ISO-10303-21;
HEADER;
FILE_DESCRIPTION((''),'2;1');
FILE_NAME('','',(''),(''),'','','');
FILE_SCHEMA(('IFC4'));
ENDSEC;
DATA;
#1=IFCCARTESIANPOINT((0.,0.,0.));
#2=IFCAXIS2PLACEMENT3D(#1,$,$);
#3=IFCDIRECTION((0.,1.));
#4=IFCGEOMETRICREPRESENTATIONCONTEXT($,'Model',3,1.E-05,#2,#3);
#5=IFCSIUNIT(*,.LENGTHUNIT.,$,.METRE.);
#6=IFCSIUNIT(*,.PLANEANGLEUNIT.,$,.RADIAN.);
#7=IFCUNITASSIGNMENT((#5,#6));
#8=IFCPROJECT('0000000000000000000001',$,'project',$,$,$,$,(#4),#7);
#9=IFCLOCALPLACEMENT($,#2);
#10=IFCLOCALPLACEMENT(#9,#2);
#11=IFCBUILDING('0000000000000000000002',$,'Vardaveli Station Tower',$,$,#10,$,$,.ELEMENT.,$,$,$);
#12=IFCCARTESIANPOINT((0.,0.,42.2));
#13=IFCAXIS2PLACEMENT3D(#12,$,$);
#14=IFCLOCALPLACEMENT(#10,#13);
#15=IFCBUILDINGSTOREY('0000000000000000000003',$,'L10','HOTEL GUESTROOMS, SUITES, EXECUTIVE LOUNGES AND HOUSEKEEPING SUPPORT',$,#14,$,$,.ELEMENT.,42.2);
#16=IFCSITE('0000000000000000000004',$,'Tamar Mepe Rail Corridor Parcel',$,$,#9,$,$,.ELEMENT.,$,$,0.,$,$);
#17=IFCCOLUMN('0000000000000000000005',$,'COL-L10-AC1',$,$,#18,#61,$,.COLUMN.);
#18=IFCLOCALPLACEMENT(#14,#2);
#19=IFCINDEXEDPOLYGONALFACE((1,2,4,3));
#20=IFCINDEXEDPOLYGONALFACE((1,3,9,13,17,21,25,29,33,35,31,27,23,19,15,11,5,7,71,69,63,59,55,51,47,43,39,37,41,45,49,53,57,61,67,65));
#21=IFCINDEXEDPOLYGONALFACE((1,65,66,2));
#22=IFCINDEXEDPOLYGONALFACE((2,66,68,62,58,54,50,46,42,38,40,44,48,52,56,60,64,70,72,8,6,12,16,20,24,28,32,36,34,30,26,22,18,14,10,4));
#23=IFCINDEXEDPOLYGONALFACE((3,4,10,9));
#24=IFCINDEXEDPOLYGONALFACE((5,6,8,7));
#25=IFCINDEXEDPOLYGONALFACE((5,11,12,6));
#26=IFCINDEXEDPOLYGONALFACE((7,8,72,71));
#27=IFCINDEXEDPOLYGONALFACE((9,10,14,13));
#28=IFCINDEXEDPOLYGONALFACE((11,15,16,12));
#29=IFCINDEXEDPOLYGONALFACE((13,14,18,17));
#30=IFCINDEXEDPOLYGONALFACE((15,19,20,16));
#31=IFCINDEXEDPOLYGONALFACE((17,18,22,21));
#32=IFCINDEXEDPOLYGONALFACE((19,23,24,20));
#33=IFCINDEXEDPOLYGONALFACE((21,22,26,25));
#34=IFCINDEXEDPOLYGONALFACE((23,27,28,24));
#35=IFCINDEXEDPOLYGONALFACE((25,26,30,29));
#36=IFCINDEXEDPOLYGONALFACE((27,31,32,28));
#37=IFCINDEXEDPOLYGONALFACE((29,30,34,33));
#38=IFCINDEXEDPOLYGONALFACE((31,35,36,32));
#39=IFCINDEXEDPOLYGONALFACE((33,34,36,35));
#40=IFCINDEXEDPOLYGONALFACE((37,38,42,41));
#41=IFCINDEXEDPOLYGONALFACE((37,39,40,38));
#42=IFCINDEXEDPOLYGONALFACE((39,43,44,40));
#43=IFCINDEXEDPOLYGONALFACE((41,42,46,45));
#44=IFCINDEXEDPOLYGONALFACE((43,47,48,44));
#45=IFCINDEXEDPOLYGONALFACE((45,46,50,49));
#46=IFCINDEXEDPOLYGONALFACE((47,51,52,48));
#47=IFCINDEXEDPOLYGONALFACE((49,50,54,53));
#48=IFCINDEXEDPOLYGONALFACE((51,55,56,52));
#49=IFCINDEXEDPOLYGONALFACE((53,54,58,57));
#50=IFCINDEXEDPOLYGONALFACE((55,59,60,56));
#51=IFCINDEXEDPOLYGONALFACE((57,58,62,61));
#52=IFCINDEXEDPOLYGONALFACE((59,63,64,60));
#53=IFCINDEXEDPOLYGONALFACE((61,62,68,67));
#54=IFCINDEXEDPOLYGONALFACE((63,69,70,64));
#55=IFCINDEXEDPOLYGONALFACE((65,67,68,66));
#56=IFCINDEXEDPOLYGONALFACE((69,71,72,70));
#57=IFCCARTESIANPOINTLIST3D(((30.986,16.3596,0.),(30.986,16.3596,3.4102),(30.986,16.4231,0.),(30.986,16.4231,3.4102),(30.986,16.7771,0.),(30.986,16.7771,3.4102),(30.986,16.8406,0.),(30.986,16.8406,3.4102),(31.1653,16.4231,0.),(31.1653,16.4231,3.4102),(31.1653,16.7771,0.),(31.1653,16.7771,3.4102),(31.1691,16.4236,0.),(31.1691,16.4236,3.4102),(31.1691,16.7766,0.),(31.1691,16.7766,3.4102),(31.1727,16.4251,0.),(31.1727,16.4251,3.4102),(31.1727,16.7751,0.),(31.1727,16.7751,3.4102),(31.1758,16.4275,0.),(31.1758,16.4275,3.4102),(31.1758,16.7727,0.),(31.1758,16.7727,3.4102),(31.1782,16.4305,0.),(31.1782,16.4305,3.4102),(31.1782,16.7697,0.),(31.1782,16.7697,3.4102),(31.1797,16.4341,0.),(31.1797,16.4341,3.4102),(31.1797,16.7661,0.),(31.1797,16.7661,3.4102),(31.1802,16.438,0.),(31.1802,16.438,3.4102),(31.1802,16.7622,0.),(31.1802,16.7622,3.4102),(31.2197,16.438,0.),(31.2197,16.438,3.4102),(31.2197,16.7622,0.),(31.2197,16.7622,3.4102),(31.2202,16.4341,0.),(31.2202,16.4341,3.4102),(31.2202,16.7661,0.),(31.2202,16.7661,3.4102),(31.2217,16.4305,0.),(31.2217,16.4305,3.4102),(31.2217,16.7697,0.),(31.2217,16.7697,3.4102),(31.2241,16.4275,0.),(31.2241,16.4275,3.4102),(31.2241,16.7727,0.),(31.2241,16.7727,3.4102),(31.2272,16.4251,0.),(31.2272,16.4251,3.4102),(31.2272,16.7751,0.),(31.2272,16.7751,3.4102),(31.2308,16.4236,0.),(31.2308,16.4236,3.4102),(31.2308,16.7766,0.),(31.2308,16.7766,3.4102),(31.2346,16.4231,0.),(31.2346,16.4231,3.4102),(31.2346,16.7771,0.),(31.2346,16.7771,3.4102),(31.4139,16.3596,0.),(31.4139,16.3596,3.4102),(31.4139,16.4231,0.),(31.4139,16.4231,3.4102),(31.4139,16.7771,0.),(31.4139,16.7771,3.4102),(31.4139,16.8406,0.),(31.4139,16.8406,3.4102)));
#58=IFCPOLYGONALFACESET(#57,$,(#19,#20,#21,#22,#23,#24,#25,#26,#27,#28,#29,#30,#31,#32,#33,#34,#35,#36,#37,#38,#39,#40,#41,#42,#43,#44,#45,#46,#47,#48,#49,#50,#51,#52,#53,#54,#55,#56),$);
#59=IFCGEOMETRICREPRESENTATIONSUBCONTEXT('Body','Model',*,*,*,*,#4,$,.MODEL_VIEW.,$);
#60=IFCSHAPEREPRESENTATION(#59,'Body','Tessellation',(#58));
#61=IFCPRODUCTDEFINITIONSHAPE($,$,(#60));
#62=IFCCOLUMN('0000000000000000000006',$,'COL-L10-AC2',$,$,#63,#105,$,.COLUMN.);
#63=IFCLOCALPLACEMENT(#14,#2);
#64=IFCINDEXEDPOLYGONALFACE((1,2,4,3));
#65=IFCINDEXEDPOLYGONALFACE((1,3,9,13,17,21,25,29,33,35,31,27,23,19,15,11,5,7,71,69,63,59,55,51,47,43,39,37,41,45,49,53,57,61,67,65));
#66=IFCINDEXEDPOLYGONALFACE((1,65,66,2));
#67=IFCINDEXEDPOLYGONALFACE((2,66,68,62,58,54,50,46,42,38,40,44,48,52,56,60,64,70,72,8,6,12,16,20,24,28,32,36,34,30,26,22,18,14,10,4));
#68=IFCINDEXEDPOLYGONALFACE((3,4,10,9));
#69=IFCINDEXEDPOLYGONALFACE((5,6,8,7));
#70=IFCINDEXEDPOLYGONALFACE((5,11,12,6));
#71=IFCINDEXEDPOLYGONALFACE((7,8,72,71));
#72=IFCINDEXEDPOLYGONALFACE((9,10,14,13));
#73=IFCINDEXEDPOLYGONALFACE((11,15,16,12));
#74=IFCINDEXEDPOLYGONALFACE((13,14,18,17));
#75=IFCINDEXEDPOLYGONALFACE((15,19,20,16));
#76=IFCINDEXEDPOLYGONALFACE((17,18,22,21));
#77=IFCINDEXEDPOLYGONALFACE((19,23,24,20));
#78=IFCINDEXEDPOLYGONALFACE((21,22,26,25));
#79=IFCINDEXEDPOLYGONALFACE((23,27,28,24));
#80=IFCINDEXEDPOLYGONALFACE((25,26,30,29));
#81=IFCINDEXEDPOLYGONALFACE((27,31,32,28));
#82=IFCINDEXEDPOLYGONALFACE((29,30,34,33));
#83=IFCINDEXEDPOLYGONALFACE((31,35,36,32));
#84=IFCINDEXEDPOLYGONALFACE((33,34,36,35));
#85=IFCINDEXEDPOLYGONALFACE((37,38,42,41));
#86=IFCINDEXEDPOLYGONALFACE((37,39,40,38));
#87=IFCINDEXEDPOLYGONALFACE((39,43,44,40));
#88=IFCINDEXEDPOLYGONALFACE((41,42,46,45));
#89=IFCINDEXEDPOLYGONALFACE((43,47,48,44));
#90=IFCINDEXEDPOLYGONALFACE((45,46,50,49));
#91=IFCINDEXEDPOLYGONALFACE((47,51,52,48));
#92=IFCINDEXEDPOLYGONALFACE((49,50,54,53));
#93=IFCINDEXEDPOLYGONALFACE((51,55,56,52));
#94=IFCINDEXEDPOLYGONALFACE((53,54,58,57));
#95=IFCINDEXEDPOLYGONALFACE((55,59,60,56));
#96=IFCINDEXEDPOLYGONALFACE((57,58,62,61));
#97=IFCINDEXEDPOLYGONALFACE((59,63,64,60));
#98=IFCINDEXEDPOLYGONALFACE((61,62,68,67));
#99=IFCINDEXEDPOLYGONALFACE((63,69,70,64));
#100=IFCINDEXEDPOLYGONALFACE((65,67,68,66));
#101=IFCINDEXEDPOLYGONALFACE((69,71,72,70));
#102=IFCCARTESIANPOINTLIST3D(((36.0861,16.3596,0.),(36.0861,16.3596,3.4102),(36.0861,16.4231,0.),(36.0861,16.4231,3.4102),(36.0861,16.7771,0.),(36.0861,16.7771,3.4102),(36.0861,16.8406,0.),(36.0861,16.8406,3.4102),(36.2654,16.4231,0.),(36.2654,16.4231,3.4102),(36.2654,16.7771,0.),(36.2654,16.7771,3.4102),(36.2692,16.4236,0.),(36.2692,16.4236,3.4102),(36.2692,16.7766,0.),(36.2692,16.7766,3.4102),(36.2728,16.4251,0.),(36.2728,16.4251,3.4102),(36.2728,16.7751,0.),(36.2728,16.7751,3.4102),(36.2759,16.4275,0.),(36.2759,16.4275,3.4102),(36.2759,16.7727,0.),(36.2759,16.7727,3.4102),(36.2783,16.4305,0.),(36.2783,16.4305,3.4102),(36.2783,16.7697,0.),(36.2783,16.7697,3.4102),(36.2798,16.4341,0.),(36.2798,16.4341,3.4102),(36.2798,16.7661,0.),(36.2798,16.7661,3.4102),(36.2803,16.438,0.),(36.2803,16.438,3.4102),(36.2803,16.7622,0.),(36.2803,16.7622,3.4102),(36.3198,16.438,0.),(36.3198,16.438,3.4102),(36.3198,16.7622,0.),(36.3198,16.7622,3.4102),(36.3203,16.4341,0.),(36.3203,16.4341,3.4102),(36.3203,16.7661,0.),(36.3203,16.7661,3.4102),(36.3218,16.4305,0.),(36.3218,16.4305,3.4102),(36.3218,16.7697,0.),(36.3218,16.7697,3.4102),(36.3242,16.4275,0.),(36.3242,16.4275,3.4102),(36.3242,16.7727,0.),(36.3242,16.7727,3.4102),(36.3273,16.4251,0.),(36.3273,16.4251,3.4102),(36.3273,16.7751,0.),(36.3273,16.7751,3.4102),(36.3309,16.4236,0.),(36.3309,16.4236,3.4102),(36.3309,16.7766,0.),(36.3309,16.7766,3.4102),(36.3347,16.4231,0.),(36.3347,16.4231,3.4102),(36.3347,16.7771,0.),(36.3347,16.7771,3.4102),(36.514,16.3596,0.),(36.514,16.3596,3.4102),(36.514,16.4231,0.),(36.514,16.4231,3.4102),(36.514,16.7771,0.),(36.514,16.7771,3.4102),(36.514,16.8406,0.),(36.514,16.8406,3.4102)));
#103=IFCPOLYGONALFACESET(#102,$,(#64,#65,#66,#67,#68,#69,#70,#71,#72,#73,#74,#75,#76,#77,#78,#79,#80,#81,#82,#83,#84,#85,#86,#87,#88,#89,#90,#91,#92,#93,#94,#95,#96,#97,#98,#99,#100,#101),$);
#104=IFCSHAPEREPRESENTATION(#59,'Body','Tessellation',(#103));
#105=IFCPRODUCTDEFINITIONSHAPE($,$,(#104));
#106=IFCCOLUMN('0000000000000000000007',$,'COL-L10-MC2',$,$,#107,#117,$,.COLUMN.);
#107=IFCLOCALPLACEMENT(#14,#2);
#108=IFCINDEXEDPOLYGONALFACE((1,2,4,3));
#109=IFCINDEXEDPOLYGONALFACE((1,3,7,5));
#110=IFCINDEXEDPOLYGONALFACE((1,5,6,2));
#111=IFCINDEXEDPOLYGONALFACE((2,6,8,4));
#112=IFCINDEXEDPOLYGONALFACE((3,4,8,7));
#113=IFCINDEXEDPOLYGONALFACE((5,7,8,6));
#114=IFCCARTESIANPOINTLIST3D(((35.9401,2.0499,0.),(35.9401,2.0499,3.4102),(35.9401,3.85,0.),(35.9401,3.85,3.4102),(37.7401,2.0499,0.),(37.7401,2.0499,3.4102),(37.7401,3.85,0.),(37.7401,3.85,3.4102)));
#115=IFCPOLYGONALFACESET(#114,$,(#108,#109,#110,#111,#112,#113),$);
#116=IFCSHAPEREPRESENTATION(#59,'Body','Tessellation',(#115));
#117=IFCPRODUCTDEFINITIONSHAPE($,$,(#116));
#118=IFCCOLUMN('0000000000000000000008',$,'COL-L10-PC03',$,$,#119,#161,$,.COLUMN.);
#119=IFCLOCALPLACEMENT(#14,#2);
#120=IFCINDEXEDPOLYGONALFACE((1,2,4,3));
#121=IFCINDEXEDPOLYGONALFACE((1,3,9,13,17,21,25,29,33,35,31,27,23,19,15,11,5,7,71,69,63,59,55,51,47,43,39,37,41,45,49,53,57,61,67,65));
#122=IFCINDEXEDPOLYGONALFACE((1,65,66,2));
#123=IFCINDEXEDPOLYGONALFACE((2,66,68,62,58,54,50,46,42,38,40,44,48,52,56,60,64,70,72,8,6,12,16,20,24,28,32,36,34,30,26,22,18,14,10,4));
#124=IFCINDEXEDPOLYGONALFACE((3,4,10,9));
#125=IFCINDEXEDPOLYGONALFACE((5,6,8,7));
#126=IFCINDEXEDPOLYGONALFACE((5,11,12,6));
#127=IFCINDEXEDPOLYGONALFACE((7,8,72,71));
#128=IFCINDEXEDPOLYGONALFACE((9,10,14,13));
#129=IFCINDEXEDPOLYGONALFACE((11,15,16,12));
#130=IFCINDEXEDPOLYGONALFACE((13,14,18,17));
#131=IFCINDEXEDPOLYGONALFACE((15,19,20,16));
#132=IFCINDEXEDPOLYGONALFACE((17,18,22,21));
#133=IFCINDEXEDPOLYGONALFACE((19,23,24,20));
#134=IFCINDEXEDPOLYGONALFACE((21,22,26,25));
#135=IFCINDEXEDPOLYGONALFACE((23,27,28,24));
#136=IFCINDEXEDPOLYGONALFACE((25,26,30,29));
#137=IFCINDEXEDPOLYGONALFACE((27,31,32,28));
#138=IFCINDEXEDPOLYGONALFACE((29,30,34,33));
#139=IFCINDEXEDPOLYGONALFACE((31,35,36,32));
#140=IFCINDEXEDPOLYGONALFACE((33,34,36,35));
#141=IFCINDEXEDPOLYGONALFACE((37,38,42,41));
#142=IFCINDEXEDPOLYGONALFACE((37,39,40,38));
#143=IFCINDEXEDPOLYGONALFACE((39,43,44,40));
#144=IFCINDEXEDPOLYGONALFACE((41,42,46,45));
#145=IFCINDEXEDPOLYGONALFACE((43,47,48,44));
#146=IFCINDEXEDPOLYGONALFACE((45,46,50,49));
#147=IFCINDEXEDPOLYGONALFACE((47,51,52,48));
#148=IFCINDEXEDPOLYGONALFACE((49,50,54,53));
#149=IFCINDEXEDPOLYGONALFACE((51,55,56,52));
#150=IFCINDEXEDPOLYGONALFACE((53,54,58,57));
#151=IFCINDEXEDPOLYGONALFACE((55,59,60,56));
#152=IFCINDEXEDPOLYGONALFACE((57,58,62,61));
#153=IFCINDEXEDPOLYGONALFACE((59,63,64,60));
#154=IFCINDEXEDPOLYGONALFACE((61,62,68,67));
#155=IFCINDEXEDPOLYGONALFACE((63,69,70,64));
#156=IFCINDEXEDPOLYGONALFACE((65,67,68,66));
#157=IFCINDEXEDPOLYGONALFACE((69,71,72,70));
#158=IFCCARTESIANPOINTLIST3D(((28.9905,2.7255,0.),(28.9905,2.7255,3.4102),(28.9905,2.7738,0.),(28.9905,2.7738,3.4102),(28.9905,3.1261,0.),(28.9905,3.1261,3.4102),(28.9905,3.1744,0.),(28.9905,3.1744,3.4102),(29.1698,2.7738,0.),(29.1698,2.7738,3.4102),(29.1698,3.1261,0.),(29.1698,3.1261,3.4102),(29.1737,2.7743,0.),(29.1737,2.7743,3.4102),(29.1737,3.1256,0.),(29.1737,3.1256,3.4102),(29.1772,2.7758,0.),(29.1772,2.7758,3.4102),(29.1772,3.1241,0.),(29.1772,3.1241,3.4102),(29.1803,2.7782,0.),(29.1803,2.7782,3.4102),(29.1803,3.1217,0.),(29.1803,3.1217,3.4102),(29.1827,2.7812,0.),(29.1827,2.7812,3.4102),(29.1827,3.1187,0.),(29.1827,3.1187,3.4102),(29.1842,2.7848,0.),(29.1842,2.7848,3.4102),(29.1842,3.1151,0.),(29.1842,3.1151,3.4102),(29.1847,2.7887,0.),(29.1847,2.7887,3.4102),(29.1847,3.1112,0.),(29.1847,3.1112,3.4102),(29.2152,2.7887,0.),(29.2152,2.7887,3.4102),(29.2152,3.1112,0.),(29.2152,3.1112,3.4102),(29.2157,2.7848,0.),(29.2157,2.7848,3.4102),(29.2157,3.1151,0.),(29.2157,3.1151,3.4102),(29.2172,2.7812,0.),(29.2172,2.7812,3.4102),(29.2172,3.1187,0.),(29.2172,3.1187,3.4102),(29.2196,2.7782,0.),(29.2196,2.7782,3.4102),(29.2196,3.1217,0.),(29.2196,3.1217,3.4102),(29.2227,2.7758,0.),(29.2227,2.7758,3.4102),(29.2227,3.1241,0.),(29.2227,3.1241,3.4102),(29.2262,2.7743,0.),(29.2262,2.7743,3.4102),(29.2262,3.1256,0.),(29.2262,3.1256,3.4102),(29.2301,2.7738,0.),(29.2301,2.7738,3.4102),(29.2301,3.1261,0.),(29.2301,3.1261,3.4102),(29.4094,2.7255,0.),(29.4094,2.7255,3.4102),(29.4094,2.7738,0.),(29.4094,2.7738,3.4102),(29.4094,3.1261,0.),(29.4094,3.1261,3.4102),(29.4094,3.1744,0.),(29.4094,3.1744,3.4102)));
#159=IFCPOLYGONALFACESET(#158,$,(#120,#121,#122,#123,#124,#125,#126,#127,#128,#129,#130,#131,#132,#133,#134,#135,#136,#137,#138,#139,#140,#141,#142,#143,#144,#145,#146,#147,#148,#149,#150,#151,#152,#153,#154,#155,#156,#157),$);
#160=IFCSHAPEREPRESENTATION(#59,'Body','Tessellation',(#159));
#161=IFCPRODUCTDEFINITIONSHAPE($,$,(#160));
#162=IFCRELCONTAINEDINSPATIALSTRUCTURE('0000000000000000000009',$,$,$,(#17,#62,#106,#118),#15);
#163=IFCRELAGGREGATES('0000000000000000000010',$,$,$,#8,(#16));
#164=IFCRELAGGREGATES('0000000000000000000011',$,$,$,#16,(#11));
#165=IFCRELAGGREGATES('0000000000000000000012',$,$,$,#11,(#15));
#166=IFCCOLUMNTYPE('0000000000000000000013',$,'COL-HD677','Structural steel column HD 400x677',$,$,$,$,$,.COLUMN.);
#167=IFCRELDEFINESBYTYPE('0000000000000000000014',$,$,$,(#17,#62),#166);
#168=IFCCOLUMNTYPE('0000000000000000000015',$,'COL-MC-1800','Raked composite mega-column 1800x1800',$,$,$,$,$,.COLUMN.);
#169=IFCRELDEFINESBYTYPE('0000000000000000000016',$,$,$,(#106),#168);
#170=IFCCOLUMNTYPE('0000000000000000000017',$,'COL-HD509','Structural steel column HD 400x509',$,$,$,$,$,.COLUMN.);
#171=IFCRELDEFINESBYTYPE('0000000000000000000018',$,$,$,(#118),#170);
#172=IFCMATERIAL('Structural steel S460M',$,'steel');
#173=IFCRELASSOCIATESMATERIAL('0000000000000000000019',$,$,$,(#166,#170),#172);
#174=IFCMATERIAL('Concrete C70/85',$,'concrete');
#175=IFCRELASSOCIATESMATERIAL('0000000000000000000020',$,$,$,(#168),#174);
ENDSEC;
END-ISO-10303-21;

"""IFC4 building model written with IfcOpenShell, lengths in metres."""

from ifc_helpers import new_model, si_unit, direction, frame, origin, origin_2d, place, context, subcontext, project, spatial, rectangle, i_section, extrude, source, transform, mapped, material, material_profile, profile_set, type_object, element, save


model = new_model("IFC4")

# Units and contexts
model_context = context("Model", 3, precision=1e-05, world=origin(), true_north=direction((0.0, 1.0)))
body_context = subcontext(model_context, "Body", "Model", "MODEL_VIEW")
ifc_project = project(units=[si_unit("LENGTHUNIT", "METRE"), si_unit("PLANEANGLEUNIT", "RADIAN")], contexts=[model_context])

# Site, building, storey
site_placement = place(None, origin())
site = spatial("IfcSite", under=ifc_project, at=site_placement, Name="Tamar Mepe Rail Corridor Parcel", CompositionType="ELEMENT", RefElevation=0.0)
building_placement = place(site_placement, origin())
building = spatial("IfcBuilding", under=site, at=building_placement, Name="Vardaveli Station Tower", CompositionType="ELEMENT")
storey_placement = place(building_placement, frame((0.0, 0.0, 42.2)))
storey = spatial("IfcBuildingStorey", under=building, at=storey_placement, Name="L10", Description="HOTEL GUESTROOMS, SUITES, EXECUTIVE LOUNGES AND HOUSEKEEPING SUPPORT", CompositionType="ELEMENT", Elevation=42.2)

# Columns
ifc_material_1 = material(Name="Structural steel S460M", Category="steel")
ifc_material_profile_1 = material_profile(ifc_material_1, i_section(OverallWidth=0.428, OverallDepth=0.481, WebThickness=0.0396, FlangeThickness=0.0635, FilletRadius=0.0149, at=origin_2d()), Name="HD 400x677")
ifc_profile_set_1 = profile_set([ifc_material_profile_1], Name="Structural steel S460M")
column_type_1 = type_object("IfcColumnType", Name="COL-HD677", Description="Structural steel column HD 400x677", PredefinedType="COLUMN", material=ifc_profile_set_1)
shared_shape_1 = source(origin(), body_context, "Body", "SweptSolid", [
    extrude(i_section(OverallWidth=0.428, OverallDepth=0.481, WebThickness=0.0396, FlangeThickness=0.0635, FilletRadius=0.0149, at=origin_2d()), origin(), (0.0, 0.0, 1.0), 3.4102),
])
for number, where, z_axis, x_axis, name in (
    (1, (31.2, 16.6001, 0.0), (0.0, 0.0, 1.0), (1.0, 0.0, 0.0), "COL-L10-AC1"),
    (2, (36.3, 16.6001, 0.0), (0.0, 0.0, 1.0), (1.0, 0.0, 0.0), "COL-L10-AC2"),
):
    element("IfcColumn", number, at=place(storey_placement, frame(where, z_axis=z_axis, x_axis=x_axis)), inside=storey, type_object=column_type_1, Name=name, PredefinedType="COLUMN", context=body_context, shape_type="MappedRepresentation", body=[
        mapped(shared_shape_1, transform((0.0, 0.0, 0.0), scale=1.0)),
    ])
ifc_material_2 = material(Name="Concrete C70/85", Category="concrete")
ifc_material_profile_2 = material_profile(ifc_material_2, rectangle(XDim=1.8, YDim=1.8, at=origin_2d()), Name="MC 1800x1800")
ifc_profile_set_2 = profile_set([ifc_material_profile_2], Name="Concrete C70/85")
column_type_2 = type_object("IfcColumnType", Name="COL-MC-1800", Description="Raked composite mega-column 1800x1800", PredefinedType="COLUMN", material=ifc_profile_set_2)
shared_shape_2 = source(origin(), body_context, "Body", "SweptSolid", [
    extrude(rectangle(XDim=1.8, YDim=1.8, at=origin_2d()), origin(), (0.0, 0.0, 1.0), 3.4102),
])
column_1_placement = place(storey_placement, frame((36.8401, 2.95, 0.0), z_axis=(0.0, 0.0, 1.0), x_axis=(1.0, 0.0, 0.0)))
element("IfcColumn", 3, at=column_1_placement, inside=storey, type_object=column_type_2, Name="COL-L10-MC2", PredefinedType="COLUMN", context=body_context, shape_type="MappedRepresentation", body=[
    mapped(shared_shape_2, transform((0.0, 0.0, 0.0), scale=1.0)),
])
ifc_material_profile_3 = material_profile(ifc_material_1, i_section(OverallWidth=0.4189, OverallDepth=0.449, WebThickness=0.0305, FlangeThickness=0.0483, FilletRadius=0.0149, at=origin_2d()), Name="HD 400x509")
ifc_profile_set_3 = profile_set([ifc_material_profile_3], Name="Structural steel S460M")
column_type_3 = type_object("IfcColumnType", Name="COL-HD509", Description="Structural steel column HD 400x509", PredefinedType="COLUMN", material=ifc_profile_set_3)
shared_shape_3 = source(origin(), body_context, "Body", "SweptSolid", [
    extrude(i_section(OverallWidth=0.4189, OverallDepth=0.449, WebThickness=0.0305, FlangeThickness=0.0483, FilletRadius=0.0149, at=origin_2d()), origin(), (0.0, 0.0, 1.0), 3.4102),
])
column_2_placement = place(storey_placement, frame((29.2, 2.95, 0.0), z_axis=(0.0, 0.0, 1.0), x_axis=(1.0, 0.0, 0.0)))
element("IfcColumn", 4, at=column_2_placement, inside=storey, type_object=column_type_3, Name="COL-L10-PC03", PredefinedType="COLUMN", context=body_context, shape_type="MappedRepresentation", body=[
    mapped(shared_shape_3, transform((0.0, 0.0, 0.0), scale=1.0)),
])

save(model, "model.ifc")
